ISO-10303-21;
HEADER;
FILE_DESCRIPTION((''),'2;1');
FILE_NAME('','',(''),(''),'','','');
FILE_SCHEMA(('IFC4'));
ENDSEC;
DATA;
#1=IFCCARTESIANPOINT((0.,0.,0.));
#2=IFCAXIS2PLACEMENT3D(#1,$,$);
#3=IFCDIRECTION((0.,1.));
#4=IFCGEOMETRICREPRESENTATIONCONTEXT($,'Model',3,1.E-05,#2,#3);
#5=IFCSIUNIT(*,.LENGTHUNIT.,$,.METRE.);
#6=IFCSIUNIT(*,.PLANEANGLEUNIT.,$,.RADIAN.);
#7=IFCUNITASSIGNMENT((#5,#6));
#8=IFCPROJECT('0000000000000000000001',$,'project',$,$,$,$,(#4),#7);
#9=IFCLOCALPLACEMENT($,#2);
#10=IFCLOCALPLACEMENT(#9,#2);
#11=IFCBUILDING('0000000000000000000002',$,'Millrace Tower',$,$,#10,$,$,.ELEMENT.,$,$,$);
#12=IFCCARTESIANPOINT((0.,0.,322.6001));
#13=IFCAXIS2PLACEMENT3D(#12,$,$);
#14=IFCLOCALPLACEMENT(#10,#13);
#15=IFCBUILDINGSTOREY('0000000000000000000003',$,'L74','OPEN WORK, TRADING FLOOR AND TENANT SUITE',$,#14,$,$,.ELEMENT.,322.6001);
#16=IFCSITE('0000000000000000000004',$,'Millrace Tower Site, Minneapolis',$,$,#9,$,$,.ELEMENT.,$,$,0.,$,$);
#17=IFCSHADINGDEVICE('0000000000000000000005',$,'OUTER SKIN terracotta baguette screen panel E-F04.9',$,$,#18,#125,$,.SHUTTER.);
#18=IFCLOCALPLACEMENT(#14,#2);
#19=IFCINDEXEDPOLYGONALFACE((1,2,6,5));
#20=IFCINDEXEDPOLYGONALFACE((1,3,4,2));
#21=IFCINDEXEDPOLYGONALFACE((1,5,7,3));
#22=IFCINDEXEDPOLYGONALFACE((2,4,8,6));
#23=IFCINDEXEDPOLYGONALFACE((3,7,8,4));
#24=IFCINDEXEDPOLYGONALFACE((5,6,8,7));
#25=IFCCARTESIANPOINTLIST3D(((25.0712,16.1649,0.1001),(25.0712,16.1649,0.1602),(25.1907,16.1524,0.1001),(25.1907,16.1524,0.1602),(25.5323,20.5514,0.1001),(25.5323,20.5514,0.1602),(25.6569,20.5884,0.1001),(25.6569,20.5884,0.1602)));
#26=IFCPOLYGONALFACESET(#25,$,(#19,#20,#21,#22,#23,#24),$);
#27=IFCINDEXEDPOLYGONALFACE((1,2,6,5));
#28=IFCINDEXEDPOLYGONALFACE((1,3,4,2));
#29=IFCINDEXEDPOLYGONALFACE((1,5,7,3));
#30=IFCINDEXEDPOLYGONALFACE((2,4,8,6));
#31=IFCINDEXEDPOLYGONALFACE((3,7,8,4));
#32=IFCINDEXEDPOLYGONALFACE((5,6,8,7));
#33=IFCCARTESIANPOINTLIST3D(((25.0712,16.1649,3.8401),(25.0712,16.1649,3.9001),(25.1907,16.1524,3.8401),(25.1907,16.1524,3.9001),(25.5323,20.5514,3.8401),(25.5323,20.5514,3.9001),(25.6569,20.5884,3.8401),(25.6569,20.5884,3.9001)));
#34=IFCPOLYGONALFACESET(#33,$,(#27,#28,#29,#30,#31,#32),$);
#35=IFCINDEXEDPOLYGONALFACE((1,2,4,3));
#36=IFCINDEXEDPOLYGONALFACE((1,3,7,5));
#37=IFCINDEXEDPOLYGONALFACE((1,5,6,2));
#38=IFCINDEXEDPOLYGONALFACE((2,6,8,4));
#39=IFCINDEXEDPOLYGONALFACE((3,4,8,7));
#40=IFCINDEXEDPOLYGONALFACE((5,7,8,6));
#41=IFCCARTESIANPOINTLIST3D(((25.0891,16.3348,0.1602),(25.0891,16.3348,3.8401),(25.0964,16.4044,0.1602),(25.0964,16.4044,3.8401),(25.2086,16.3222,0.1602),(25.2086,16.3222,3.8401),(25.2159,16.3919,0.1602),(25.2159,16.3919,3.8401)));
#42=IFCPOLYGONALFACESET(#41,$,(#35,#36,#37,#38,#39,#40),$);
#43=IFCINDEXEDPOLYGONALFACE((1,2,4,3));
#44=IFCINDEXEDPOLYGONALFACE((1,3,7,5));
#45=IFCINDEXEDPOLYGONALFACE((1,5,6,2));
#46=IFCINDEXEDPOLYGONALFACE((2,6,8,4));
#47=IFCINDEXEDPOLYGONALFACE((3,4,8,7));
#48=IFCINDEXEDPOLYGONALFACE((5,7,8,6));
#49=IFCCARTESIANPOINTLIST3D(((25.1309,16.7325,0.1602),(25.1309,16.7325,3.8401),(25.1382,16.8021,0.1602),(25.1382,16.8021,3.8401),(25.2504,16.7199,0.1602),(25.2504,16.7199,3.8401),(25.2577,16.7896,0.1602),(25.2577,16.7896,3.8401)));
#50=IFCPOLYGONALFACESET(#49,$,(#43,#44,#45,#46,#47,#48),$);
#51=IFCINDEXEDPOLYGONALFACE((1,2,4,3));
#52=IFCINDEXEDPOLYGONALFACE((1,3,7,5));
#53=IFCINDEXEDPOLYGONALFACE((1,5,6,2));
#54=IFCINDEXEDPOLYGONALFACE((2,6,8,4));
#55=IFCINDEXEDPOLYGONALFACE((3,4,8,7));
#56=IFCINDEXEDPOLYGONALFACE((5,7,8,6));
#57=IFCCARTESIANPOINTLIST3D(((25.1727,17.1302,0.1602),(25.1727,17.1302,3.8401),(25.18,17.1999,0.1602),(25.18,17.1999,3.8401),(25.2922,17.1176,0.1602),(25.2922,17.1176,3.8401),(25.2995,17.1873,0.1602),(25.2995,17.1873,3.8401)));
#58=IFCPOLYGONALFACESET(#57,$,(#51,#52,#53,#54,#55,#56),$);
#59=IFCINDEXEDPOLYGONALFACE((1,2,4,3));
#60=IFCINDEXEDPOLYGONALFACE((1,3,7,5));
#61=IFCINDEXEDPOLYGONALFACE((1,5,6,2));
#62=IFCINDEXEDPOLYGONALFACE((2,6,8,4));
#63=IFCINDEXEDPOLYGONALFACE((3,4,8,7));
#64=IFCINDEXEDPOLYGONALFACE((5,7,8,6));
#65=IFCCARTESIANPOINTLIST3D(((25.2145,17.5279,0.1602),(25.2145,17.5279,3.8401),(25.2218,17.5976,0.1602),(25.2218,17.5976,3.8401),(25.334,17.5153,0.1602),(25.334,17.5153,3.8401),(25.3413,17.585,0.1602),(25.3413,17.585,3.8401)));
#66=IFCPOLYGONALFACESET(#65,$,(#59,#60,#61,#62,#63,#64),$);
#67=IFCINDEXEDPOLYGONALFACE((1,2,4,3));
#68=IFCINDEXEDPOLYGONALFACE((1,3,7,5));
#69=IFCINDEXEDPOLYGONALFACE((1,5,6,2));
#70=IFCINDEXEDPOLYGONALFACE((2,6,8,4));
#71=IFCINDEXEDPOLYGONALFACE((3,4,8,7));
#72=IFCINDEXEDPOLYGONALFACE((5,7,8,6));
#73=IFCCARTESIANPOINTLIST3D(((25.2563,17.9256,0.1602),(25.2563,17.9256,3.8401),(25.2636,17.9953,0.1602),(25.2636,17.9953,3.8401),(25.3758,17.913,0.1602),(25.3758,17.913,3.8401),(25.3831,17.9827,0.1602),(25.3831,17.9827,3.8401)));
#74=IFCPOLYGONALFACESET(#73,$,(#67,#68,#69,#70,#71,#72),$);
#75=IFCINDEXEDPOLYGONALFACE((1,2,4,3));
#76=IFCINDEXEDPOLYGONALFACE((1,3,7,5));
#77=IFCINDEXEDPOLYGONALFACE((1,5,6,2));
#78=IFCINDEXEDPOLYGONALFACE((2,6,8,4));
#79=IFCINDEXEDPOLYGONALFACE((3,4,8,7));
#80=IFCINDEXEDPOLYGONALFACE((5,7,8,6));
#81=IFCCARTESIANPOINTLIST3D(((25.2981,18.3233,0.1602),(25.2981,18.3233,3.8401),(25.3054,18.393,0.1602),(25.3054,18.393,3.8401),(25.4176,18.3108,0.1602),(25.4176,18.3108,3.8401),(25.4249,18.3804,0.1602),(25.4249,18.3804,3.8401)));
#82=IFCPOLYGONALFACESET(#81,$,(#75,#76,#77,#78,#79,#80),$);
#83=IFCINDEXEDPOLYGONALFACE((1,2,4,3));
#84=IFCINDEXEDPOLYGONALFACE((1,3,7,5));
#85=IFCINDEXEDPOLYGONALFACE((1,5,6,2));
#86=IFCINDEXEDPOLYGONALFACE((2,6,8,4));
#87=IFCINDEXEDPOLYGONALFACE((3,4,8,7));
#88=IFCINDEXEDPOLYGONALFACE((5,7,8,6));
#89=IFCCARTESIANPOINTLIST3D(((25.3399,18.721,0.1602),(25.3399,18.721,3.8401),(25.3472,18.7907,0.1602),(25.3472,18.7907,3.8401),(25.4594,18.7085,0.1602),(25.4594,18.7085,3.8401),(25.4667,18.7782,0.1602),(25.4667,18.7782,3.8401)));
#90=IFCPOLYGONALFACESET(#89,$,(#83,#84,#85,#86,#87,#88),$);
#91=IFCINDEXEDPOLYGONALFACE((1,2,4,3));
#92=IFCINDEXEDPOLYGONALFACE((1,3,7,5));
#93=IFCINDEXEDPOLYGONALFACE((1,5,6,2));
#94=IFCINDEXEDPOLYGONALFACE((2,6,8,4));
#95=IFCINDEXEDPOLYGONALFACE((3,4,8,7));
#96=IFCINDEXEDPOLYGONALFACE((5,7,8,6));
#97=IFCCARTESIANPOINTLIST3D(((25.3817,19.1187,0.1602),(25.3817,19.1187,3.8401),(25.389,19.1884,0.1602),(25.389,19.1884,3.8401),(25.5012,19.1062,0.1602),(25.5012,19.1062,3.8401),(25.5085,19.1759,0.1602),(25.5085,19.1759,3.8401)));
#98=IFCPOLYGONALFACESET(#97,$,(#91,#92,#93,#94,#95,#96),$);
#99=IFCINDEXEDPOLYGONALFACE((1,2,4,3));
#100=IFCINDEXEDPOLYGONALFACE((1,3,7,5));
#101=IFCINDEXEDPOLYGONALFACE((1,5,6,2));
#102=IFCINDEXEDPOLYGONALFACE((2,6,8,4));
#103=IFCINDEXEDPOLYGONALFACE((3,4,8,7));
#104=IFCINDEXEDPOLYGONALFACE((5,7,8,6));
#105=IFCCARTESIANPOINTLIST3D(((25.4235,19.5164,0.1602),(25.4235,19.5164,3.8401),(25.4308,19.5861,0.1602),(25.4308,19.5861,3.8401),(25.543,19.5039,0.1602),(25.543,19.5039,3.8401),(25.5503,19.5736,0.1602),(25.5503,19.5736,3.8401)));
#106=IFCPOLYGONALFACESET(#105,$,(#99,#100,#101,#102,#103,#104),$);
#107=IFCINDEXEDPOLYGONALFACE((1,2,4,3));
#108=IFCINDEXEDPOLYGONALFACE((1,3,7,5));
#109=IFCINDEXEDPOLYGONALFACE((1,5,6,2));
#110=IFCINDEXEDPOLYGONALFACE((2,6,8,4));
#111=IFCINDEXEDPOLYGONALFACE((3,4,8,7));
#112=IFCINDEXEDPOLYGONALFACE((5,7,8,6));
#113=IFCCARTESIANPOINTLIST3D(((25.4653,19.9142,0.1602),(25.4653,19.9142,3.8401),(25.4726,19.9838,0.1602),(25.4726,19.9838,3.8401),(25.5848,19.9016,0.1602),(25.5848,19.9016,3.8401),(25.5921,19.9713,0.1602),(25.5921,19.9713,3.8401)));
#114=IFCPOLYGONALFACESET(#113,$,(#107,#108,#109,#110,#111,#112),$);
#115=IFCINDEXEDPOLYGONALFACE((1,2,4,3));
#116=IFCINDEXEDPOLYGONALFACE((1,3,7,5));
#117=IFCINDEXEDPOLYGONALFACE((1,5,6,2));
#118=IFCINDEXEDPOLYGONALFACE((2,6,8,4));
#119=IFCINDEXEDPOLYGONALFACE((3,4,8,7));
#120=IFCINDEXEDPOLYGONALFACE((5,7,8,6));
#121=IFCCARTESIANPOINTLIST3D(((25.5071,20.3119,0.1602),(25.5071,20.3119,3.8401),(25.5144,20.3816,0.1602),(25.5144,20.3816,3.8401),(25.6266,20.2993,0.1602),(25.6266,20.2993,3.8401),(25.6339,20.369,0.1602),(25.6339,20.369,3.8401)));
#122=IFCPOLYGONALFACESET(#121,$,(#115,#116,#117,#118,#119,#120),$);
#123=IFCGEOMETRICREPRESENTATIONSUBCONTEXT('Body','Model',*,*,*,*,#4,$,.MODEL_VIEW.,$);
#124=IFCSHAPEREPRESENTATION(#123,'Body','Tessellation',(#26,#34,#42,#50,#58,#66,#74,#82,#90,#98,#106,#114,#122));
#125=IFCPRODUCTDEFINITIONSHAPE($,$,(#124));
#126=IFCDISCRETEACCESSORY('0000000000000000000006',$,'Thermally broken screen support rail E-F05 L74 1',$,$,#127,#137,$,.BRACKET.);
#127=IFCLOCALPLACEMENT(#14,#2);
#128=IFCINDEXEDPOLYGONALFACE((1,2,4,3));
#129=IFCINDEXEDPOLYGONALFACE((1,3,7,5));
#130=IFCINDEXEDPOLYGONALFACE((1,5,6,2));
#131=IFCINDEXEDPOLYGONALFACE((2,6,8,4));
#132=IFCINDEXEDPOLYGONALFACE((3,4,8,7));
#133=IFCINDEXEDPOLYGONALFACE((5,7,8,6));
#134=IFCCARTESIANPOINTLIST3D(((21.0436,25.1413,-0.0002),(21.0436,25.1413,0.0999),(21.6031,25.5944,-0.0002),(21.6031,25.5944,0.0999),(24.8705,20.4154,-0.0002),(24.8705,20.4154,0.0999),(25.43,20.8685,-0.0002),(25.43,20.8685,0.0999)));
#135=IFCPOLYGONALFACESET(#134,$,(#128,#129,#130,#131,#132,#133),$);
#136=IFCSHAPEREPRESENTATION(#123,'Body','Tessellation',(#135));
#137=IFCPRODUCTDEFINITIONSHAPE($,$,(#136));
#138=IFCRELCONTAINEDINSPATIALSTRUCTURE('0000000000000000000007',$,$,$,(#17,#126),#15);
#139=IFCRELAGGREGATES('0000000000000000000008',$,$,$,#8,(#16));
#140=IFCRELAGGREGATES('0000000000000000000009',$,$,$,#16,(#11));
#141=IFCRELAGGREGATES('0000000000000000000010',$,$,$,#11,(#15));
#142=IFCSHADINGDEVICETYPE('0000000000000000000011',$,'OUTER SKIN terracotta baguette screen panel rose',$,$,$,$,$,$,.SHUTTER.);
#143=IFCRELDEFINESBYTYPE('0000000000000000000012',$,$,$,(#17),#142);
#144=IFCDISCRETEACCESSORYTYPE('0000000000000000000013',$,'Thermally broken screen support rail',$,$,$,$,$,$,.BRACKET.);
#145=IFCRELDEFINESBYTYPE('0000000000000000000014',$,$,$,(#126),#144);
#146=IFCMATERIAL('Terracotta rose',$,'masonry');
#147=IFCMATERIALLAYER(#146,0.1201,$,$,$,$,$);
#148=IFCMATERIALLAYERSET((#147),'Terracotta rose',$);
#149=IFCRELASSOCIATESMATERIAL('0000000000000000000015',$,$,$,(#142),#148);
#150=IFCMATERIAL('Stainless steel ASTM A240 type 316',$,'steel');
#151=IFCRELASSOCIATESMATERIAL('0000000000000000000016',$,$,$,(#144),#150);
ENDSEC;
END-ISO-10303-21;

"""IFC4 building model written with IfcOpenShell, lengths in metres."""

from ifc_helpers import new_model, entity, si_unit, direction, frame, frame_2d, origin, origin_2d, place, context, subcontext, project, spatial, rectangle, extrude, source, transform, mapped, material, layer, layer_set, type_object, element, save


model = new_model("IFC4")

# Units and contexts
model_context = context("Model", 3, precision=1e-05, world=origin(), true_north=direction((0.0, 1.0)))
body_context = subcontext(model_context, "Body", "Model", "MODEL_VIEW")
ifc_project = project(units=[si_unit("LENGTHUNIT", "METRE"), si_unit("PLANEANGLEUNIT", "RADIAN")], contexts=[model_context])

# Site, building, storey
site_placement = place(None, origin())
site = spatial("IfcSite", under=ifc_project, at=site_placement, Name="Millrace Tower Site, Minneapolis", CompositionType="ELEMENT", RefElevation=0.0)
building_placement = place(site_placement, origin())
building = spatial("IfcBuilding", under=site, at=building_placement, Name="Millrace Tower", CompositionType="ELEMENT")
storey_placement = place(building_placement, frame((0.0, 0.0, 322.6001)))
storey = spatial("IfcBuildingStorey", under=building, at=storey_placement, Name="L74", Description="OPEN WORK, TRADING FLOOR AND TENANT SUITE", CompositionType="ELEMENT", Elevation=322.6001)

# Shading device
ifc_material_1 = material(Name="Terracotta rose", Category="masonry")
ifc_layer_1 = layer(ifc_material_1, 0.1201)
ifc_layer_set_1 = layer_set([ifc_layer_1], Name="Terracotta rose")
shading_device_type = type_object("IfcShadingDeviceType", Name="OUTER SKIN terracotta baguette screen panel rose", PredefinedType="SHUTTER", material=ifc_layer_set_1)
cartesian_point_1 = entity("IfcCartesianPoint", [-2.2178, 0.0601])
shared_polyline_1 = entity("IfcPolyline", [cartesian_point_1, entity("IfcCartesianPoint", [2.1929, 0.0601]), entity("IfcCartesianPoint", [2.2427, -0.0601]), entity("IfcCartesianPoint", [-2.2178, -0.0601]), cartesian_point_1])
shared_shape_1 = source(origin(), body_context, "Body", "SweptSolid", [
    entity("IfcExtrudedAreaSolid", entity("IfcArbitraryClosedProfileDef", "AREA", None, shared_polyline_1), entity("IfcAxis2Placement3D", entity("IfcCartesianPoint", [0.0, 0.0, 0.0])), entity("IfcDirection", [0.0, 0.0, 1.0]), 0.0601),
    entity("IfcExtrudedAreaSolid", entity("IfcArbitraryClosedProfileDef", "AREA", None, shared_polyline_1), entity("IfcAxis2Placement3D", entity("IfcCartesianPoint", [0.0, 0.0, 3.74])), entity("IfcDirection", [0.0, 0.0, 1.0]), 0.0601),
    extrude(rectangle(XDim=0.0701, YDim=0.1201, at=frame_2d((-2.012, 0.0))), frame((0.0, 0.0, 0.0601)), (0.0, 0.0, 1.0), 3.6799),
    extrude(rectangle(XDim=0.0701, YDim=0.1201, at=frame_2d((-1.6121, 0.0))), frame((0.0, 0.0, 0.0601)), (0.0, 0.0, 1.0), 3.6799),
    extrude(rectangle(XDim=0.0701, YDim=0.1201, at=frame_2d((-1.2122, 0.0))), frame((0.0, 0.0, 0.0601)), (0.0, 0.0, 1.0), 3.6799),
    extrude(rectangle(XDim=0.0701, YDim=0.1201, at=frame_2d((-0.8123, 0.0))), frame((0.0, 0.0, 0.0601)), (0.0, 0.0, 1.0), 3.6799),
    extrude(rectangle(XDim=0.0701, YDim=0.1201, at=frame_2d((-0.4124, 0.0))), frame((0.0, 0.0, 0.0601)), (0.0, 0.0, 1.0), 3.6799),
    extrude(rectangle(XDim=0.0701, YDim=0.1201, at=frame_2d((-0.0125, 0.0))), frame((0.0, 0.0, 0.0601)), (0.0, 0.0, 1.0), 3.6799),
    extrude(rectangle(XDim=0.0701, YDim=0.1201, at=frame_2d((0.3875, 0.0))), frame((0.0, 0.0, 0.0601)), (0.0, 0.0, 1.0), 3.6799),
    extrude(rectangle(XDim=0.0701, YDim=0.1201, at=frame_2d((0.7874, 0.0))), frame((0.0, 0.0, 0.0601)), (0.0, 0.0, 1.0), 3.6799),
    extrude(rectangle(XDim=0.0701, YDim=0.1201, at=frame_2d((1.1873, 0.0))), frame((0.0, 0.0, 0.0601)), (0.0, 0.0, 1.0), 3.6799),
    extrude(rectangle(XDim=0.0701, YDim=0.1201, at=frame_2d((1.5872, 0.0))), frame((0.0, 0.0, 0.0601)), (0.0, 0.0, 1.0), 3.6799),
    extrude(rectangle(XDim=0.0701, YDim=0.1201, at=frame_2d((1.9871, 0.0))), frame((0.0, 0.0, 0.0601)), (0.0, 0.0, 1.0), 3.6799),
])
shading_device_1_placement = place(storey_placement, frame((25.3628, 18.3643, 0.1001), z_axis=(0.0, 0.0, 1.0), x_axis=(0.104528, 0.994522, 0.0)))
element("IfcShadingDevice", 1, at=shading_device_1_placement, inside=storey, type_object=shading_device_type, Name="OUTER SKIN terracotta baguette screen panel E-F04.9", PredefinedType="SHUTTER", context=body_context, shape_type="MappedRepresentation", body=[
    mapped(shared_shape_1, transform((0.0, 0.0, 0.0), scale=1.0)),
])

# Discrete accessory
ifc_material_2 = material(Name="Stainless steel ASTM A240 type 316", Category="steel")
discrete_accessory_type = type_object("IfcDiscreteAccessoryType", Name="Thermally broken screen support rail", PredefinedType="BRACKET", material=ifc_material_2)
discrete_accessory_placement = place(storey_placement, frame((23.2368, 23.0049, -0.0002), z_axis=(0.0, 0.0, 1.0), x_axis=(-0.62932, 0.777146, 0.0)))
element("IfcDiscreteAccessory", 2, at=discrete_accessory_placement, inside=storey, type_object=discrete_accessory_type, Name="Thermally broken screen support rail E-F05 L74 1", PredefinedType="BRACKET", context=body_context, shape_type="SweptSolid", body=[
    extrude(rectangle(XDim=6.0811, YDim=0.72, at=origin_2d()), origin(), (0.0, 0.0, 1.0), 0.1001),
])

save(model, "model.ifc")
